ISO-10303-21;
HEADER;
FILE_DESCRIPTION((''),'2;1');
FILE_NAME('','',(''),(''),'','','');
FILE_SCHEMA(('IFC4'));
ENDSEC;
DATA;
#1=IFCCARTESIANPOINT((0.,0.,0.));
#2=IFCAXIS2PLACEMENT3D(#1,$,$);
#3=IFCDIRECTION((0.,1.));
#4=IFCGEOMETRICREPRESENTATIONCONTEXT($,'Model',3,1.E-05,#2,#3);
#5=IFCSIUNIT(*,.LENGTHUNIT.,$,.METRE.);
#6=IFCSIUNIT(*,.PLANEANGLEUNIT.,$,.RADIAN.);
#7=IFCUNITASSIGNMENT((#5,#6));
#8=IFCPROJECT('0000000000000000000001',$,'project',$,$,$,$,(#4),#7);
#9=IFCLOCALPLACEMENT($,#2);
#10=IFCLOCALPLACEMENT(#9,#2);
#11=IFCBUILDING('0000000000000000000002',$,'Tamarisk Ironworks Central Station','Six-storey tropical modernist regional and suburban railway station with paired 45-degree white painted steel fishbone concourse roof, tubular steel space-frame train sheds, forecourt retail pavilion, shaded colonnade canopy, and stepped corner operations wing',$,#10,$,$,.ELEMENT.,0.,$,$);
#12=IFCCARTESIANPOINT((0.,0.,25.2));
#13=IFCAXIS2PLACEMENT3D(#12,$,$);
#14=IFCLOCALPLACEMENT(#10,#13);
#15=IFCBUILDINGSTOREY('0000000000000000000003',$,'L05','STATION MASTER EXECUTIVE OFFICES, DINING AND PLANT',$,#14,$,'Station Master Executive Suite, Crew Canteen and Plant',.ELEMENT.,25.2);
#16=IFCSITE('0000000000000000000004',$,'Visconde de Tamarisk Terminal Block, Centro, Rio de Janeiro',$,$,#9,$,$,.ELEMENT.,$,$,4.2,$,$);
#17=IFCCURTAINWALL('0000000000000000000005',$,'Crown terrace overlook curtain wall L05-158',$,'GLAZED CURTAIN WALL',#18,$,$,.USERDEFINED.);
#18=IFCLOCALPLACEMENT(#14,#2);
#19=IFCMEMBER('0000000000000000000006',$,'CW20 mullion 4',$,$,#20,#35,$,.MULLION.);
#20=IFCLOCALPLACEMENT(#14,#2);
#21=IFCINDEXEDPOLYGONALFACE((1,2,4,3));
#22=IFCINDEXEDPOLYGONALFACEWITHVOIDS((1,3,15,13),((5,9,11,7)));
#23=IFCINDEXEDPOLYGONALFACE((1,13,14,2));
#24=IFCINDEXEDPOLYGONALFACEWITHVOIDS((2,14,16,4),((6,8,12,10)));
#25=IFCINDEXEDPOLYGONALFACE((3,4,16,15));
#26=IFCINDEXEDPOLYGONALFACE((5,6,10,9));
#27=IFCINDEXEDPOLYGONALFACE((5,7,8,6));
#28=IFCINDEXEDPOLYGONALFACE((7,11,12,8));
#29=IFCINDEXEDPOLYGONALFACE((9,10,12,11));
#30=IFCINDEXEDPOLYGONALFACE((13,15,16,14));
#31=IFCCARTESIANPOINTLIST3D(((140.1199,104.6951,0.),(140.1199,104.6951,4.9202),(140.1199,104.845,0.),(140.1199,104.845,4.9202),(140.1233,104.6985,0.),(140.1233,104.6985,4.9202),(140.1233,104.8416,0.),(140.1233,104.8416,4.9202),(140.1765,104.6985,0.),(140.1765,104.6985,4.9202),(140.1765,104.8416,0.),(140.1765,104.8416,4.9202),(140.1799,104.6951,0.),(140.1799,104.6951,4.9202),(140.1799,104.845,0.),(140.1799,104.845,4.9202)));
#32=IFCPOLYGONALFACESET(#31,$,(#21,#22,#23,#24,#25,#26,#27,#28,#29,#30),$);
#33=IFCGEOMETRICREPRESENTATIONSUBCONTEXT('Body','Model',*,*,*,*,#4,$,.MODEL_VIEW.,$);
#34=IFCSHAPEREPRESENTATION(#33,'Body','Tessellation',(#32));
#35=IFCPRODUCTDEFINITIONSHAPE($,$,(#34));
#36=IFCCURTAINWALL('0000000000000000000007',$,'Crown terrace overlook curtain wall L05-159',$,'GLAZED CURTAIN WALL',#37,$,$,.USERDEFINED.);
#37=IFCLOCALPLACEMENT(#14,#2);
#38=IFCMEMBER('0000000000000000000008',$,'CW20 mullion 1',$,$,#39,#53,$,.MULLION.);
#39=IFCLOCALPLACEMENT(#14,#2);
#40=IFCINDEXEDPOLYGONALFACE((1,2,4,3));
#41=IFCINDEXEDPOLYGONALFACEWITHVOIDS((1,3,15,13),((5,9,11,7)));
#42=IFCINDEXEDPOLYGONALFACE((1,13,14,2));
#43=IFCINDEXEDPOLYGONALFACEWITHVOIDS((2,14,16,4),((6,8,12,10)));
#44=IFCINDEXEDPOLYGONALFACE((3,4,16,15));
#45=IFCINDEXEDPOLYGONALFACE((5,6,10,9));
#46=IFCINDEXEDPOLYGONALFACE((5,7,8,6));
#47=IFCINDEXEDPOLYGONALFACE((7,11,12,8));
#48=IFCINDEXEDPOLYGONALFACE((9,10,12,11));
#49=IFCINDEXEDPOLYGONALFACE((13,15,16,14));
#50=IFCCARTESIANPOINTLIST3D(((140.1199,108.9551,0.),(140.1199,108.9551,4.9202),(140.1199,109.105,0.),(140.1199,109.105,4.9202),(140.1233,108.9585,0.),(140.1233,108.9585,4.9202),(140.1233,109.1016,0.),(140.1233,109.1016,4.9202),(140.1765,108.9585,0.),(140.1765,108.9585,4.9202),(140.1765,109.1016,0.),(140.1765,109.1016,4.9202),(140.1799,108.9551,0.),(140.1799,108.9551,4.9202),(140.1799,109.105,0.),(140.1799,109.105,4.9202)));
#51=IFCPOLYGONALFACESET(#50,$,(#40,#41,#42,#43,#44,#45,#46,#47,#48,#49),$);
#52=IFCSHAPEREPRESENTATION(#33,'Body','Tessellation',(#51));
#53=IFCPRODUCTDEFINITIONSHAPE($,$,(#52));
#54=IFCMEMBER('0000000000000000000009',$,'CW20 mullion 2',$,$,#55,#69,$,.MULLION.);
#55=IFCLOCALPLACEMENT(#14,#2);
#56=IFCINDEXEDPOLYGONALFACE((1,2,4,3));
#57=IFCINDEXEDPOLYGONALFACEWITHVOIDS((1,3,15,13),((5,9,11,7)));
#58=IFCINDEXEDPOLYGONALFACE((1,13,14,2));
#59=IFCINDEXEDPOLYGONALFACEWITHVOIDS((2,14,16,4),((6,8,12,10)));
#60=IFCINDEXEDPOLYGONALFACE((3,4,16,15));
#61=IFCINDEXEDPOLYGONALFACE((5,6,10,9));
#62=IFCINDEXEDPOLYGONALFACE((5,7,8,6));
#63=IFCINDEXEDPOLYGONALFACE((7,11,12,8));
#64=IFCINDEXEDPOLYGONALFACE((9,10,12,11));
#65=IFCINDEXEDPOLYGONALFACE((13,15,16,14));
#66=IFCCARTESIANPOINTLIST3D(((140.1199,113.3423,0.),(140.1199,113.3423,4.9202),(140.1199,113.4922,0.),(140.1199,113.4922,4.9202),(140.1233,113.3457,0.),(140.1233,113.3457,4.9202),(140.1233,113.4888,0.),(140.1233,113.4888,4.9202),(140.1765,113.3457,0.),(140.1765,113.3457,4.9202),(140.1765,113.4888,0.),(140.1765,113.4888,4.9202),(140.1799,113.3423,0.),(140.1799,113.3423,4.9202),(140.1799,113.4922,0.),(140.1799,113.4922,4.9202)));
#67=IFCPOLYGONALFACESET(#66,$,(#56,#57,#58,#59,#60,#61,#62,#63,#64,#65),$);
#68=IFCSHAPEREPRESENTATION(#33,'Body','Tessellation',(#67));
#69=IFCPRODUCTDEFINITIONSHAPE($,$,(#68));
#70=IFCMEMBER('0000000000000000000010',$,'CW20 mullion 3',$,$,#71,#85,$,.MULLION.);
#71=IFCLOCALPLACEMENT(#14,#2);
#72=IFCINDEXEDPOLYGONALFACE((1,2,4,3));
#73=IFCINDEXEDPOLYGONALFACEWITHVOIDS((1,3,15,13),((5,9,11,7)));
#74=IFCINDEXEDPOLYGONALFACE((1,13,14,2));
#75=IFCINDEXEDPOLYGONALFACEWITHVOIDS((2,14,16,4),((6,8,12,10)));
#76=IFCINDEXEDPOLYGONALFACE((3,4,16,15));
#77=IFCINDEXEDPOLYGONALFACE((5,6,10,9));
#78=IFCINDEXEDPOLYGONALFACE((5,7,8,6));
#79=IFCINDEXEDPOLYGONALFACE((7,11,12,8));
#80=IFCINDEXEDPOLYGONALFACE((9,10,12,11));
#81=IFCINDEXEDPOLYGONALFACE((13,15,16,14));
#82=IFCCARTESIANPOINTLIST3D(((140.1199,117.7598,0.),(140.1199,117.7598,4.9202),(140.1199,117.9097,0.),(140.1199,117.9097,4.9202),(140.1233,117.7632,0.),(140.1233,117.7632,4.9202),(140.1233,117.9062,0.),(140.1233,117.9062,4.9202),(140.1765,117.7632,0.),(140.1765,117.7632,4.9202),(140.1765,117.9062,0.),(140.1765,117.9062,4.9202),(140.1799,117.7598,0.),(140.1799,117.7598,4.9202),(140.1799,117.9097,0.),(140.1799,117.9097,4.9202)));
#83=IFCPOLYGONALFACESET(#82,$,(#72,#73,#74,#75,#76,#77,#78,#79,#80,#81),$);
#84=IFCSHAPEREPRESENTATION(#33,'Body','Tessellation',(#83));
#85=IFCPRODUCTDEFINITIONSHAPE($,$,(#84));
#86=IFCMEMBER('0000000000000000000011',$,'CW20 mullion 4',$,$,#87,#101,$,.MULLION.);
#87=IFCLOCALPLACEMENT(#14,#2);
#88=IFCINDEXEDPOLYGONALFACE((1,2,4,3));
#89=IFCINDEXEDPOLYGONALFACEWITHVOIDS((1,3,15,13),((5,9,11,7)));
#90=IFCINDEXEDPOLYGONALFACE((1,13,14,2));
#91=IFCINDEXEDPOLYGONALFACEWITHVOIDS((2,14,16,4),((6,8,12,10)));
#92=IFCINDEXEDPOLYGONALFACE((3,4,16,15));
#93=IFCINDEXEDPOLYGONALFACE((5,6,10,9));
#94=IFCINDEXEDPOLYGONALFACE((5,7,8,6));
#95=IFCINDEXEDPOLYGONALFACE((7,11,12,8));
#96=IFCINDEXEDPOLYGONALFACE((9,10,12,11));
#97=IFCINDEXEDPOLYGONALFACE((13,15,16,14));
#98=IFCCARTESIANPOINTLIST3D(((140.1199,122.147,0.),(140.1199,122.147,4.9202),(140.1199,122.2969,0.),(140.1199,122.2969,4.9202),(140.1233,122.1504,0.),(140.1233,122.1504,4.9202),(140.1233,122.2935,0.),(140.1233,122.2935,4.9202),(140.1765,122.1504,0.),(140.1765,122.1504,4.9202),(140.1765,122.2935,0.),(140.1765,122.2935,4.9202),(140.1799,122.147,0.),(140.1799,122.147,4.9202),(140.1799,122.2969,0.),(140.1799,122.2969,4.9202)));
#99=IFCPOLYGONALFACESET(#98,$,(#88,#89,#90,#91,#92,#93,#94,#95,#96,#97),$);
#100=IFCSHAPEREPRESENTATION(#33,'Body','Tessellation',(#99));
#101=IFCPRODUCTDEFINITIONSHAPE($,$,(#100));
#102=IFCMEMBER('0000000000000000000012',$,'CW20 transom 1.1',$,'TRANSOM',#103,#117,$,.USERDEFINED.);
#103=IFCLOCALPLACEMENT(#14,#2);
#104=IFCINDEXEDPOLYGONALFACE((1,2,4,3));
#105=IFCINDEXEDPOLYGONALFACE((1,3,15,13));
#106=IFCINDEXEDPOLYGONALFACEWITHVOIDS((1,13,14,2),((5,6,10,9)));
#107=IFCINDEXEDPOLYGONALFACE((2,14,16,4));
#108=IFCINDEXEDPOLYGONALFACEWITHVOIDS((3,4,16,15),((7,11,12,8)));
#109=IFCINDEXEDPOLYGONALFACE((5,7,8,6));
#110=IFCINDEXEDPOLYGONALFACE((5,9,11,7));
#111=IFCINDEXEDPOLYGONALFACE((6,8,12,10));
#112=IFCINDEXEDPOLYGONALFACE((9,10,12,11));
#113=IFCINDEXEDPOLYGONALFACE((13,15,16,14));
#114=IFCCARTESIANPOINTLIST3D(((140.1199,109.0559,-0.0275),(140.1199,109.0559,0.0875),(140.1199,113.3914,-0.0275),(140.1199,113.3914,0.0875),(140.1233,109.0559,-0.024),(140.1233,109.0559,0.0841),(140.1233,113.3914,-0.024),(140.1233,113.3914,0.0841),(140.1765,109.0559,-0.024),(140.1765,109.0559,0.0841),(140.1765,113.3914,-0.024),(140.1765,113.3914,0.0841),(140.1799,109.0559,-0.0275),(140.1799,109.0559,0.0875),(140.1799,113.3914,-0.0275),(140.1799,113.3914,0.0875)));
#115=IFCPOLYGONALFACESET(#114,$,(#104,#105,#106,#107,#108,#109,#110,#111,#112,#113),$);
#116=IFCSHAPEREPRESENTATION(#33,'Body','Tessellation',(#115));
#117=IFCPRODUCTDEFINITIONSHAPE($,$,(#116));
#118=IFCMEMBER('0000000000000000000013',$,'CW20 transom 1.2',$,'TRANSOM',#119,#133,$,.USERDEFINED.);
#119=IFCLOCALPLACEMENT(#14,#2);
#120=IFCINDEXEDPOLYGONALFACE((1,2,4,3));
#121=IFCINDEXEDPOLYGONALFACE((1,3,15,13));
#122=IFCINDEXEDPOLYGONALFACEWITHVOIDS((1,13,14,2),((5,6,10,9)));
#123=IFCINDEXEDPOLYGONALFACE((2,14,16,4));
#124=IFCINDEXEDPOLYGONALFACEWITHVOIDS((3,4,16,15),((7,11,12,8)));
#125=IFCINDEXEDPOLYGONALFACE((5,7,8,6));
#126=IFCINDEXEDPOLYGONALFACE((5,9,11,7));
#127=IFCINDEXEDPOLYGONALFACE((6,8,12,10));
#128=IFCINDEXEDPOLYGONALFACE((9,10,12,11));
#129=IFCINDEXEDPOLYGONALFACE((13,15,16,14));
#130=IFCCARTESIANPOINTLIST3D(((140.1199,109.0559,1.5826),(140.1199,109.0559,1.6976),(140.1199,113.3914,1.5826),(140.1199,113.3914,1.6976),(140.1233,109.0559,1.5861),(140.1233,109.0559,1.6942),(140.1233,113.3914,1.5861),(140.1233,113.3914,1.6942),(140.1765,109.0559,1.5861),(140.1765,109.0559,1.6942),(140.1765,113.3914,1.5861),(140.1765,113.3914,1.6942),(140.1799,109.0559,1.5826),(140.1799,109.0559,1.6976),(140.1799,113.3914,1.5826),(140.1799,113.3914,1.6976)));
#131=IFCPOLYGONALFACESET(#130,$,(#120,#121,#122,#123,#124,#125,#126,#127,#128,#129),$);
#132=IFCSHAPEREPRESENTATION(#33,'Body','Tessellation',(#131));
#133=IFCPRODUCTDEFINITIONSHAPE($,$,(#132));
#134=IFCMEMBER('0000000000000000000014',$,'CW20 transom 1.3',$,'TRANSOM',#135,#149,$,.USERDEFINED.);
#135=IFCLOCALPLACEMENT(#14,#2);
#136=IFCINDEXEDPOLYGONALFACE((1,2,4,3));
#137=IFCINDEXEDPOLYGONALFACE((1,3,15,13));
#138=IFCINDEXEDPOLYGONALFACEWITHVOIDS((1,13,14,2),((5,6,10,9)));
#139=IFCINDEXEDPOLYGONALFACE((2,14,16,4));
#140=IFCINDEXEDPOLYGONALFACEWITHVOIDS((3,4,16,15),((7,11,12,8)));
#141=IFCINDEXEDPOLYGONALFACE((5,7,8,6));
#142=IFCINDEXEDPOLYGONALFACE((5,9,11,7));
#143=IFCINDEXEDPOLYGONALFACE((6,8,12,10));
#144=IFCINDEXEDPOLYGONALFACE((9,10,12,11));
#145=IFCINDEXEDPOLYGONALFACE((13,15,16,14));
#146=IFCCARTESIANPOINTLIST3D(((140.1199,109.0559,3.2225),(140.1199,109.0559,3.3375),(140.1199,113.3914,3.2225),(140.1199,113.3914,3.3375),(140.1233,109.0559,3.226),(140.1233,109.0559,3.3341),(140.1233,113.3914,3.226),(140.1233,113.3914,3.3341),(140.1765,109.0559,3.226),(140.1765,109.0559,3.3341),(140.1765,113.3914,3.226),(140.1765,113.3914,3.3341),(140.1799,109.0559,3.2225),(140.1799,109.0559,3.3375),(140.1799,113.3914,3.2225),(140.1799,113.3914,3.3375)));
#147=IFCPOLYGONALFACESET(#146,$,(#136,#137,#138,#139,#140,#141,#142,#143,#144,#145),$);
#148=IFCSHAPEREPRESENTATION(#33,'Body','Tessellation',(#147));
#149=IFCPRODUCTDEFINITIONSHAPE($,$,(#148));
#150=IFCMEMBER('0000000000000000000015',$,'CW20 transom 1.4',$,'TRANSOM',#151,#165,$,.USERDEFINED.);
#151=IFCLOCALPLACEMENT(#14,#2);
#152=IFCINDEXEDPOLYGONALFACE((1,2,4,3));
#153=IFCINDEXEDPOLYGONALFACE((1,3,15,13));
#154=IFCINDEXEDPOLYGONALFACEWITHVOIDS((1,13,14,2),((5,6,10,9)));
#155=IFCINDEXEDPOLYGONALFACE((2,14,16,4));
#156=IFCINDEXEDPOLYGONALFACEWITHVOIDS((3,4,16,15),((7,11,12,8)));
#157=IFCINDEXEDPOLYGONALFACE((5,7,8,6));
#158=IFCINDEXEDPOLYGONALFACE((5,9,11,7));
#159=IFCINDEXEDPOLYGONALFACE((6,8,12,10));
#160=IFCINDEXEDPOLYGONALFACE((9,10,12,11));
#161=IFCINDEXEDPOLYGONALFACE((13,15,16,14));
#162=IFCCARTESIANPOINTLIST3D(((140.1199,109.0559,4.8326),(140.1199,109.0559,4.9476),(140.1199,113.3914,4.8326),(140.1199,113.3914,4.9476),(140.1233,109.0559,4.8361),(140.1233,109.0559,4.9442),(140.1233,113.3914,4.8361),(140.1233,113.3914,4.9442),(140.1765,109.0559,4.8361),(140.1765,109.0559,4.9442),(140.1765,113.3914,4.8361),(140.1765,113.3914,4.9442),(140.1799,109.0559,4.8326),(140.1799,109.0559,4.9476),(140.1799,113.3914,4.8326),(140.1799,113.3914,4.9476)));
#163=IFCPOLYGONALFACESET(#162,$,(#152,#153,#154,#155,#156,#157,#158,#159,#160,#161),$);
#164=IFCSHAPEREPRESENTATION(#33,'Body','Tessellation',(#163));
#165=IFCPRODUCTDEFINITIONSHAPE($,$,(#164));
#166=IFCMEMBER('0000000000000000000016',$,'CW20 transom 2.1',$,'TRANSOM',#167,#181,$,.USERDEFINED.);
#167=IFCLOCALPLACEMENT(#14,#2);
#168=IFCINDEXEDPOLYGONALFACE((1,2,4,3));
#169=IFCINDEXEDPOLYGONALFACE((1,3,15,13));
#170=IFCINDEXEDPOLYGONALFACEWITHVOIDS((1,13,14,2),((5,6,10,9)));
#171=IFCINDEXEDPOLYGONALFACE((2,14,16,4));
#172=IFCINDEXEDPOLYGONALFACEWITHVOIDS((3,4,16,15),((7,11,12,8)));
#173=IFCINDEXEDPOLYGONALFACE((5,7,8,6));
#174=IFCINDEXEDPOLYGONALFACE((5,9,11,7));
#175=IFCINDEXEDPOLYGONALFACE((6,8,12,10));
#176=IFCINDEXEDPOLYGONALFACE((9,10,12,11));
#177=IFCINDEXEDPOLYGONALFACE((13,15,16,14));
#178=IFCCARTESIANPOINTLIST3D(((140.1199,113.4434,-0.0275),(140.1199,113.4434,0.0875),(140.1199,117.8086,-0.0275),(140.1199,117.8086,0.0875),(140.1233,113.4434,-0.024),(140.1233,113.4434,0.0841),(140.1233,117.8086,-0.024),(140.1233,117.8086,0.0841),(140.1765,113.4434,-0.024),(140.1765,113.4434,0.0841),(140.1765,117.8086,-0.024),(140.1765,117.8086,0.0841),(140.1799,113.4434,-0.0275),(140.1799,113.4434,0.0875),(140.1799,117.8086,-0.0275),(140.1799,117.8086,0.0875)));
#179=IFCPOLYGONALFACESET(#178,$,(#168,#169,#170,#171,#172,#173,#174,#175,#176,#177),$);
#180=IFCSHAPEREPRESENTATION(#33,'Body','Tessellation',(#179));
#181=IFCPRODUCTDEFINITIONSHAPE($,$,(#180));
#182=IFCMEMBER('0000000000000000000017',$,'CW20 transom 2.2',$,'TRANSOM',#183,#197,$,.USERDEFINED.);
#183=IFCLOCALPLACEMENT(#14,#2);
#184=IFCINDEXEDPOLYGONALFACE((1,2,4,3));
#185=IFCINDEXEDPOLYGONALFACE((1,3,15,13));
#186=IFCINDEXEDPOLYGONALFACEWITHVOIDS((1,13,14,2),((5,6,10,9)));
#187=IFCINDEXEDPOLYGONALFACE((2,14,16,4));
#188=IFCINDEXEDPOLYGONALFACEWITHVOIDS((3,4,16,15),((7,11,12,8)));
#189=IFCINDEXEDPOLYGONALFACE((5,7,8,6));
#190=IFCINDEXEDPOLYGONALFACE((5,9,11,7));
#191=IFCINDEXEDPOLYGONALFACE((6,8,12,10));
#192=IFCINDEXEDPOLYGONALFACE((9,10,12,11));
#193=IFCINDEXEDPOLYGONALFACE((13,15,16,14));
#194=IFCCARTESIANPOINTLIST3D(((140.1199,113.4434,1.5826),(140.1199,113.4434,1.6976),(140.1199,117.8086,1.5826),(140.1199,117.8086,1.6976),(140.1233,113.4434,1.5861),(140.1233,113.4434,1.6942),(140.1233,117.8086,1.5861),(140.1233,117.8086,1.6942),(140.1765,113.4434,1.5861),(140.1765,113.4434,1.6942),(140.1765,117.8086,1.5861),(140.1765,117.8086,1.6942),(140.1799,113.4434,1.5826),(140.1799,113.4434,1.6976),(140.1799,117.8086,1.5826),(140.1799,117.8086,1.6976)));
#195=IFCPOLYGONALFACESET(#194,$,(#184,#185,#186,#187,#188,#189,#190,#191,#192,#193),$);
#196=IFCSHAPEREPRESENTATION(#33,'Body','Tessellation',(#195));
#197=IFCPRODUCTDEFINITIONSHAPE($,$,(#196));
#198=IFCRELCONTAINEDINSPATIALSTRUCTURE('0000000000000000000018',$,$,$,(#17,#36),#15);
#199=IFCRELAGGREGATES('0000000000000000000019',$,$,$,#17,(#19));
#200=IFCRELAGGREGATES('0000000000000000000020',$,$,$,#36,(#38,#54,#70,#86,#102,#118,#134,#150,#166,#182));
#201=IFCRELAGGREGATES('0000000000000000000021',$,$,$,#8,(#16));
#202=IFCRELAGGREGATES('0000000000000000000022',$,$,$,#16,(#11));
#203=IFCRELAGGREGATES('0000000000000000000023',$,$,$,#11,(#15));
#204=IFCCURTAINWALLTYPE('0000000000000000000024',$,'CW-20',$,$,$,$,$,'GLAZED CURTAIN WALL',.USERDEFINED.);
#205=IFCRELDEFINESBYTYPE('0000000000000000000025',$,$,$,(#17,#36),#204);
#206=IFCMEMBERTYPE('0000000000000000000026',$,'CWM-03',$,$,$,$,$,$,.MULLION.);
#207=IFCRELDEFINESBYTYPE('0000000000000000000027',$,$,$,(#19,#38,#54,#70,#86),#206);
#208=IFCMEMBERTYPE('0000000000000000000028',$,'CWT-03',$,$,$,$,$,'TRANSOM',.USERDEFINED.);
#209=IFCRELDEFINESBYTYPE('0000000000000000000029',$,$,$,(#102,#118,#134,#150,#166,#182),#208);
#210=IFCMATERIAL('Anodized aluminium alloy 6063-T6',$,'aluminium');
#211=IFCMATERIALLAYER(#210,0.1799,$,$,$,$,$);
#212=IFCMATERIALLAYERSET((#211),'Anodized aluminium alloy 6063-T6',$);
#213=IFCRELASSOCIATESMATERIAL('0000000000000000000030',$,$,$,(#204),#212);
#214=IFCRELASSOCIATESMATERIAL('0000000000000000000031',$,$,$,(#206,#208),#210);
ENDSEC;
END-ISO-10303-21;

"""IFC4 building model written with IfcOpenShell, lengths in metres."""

from ifc_helpers import new_model, si_unit, direction, frame, origin, origin_2d, place, context, subcontext, project, spatial, hollow_rectangle, extrude, material, layer, layer_set, material_profile, profile_set, type_object, element, aggregate, save


model = new_model("IFC4")

# Units and contexts
model_context = context("Model", 3, precision=1e-05, world=origin(), true_north=direction((0.0, 1.0)))
body_context = subcontext(model_context, "Body", "Model", "MODEL_VIEW")
ifc_project = project(units=[si_unit("LENGTHUNIT", "METRE"), si_unit("PLANEANGLEUNIT", "RADIAN")], contexts=[model_context])

# Site, building, storey
site_placement = place(None, origin())
site = spatial("IfcSite", under=ifc_project, at=site_placement, Name="Visconde de Tamarisk Terminal Block, Centro, Rio de Janeiro", CompositionType="ELEMENT", RefElevation=4.2)
building_placement = place(site_placement, origin())
building = spatial("IfcBuilding", under=site, at=building_placement, Name="Tamarisk Ironworks Central Station", Description="Six-storey tropical modernist regional and suburban railway station with paired 45-degree white painted steel fishbone concourse roof, tubular steel space-frame train sheds, forecourt retail pavilion, shaded colonnade canopy, and stepped corner operations wing", CompositionType="ELEMENT", ElevationOfRefHeight=0.0)
storey_placement = place(building_placement, frame((0.0, 0.0, 25.2)))
storey = spatial("IfcBuildingStorey", under=building, at=storey_placement, Name="L05", Description="STATION MASTER EXECUTIVE OFFICES, DINING AND PLANT", LongName="Station Master Executive Suite, Crew Canteen and Plant", CompositionType="ELEMENT", Elevation=25.2)

# Curtain wall, member
ifc_material = material(Name="Anodized aluminium alloy 6063-T6", Category="aluminium")
ifc_layer_1 = layer(ifc_material, 0.1799)
ifc_layer_set_1 = layer_set([ifc_layer_1], Name="Anodized aluminium alloy 6063-T6")
curtain_wall_type = type_object("IfcCurtainWallType", Name="CW-20", ElementType="GLAZED CURTAIN WALL", PredefinedType="USERDEFINED", material=ifc_layer_set_1)
curtain_wall_1_placement = place(storey_placement, origin())
curtain_wall_1 = element("IfcCurtainWall", 1, at=curtain_wall_1_placement, inside=storey, type_object=curtain_wall_type, Name="Crown terrace overlook curtain wall L05-158", ObjectType="GLAZED CURTAIN WALL", PredefinedType="USERDEFINED")
ifc_material_profile_1 = material_profile(ifc_material, hollow_rectangle(XDim=0.0601, YDim=0.1499, WallThickness=0.0034, at=origin_2d()), Name="ALUM 150x60")
ifc_profile_set_1 = profile_set([ifc_material_profile_1], Name="Anodized aluminium alloy 6063-T6")
member_type_1 = type_object("IfcMemberType", Name="CWM-03", PredefinedType="MULLION", material=ifc_profile_set_1)
member_1_placement = place(storey_placement, frame((140.1499, 104.77, 0.0), z_axis=(0.0, 0.0, 1.0), x_axis=(-1.0, 0.0, 0.0)))
member_1 = element("IfcMember", 2, at=member_1_placement, type_object=member_type_1, Name="CW20 mullion 4", PredefinedType="MULLION", context=body_context, shape_type="SweptSolid", body=[
    extrude(hollow_rectangle(XDim=0.0601, YDim=0.1499, WallThickness=0.0034, at=origin_2d()), origin(), (0.0, 0.0, 1.0), 4.9202),
])
aggregate(curtain_wall_1, [member_1])

# Curtain wall, members
curtain_wall_2_placement = place(storey_placement, origin())
curtain_wall_2 = element("IfcCurtainWall", 3, at=curtain_wall_2_placement, inside=storey, type_object=curtain_wall_type, Name="Crown terrace overlook curtain wall L05-159", ObjectType="GLAZED CURTAIN WALL", PredefinedType="USERDEFINED")
member_2_placement = place(storey_placement, frame((140.1499, 109.03, 0.0), z_axis=(0.0, 0.0, 1.0), x_axis=(-1.0, 0.0, 0.0)))
member_2 = element("IfcMember", 4, at=member_2_placement, type_object=member_type_1, Name="CW20 mullion 1", PredefinedType="MULLION", context=body_context, shape_type="SweptSolid", body=[
    extrude(hollow_rectangle(XDim=0.0601, YDim=0.1499, WallThickness=0.0034, at=origin_2d()), origin(), (0.0, 0.0, 1.0), 4.9202),
])
member_3_placement = place(storey_placement, frame((140.1499, 113.4172, 0.0), z_axis=(0.0, 0.0, 1.0), x_axis=(-1.0, 0.0, 0.0)))
member_3 = element("IfcMember", 5, at=member_3_placement, type_object=member_type_1, Name="CW20 mullion 2", PredefinedType="MULLION", context=body_context, shape_type="SweptSolid", body=[
    extrude(hollow_rectangle(XDim=0.0601, YDim=0.1499, WallThickness=0.0034, at=origin_2d()), origin(), (0.0, 0.0, 1.0), 4.9202),
])
member_4_placement = place(storey_placement, frame((140.1499, 117.8347, 0.0), z_axis=(0.0, 0.0, 1.0), x_axis=(-1.0, 0.0, 0.0)))
member_4 = element("IfcMember", 6, at=member_4_placement, type_object=member_type_1, Name="CW20 mullion 3", PredefinedType="MULLION", context=body_context, shape_type="SweptSolid", body=[
    extrude(hollow_rectangle(XDim=0.0601, YDim=0.1499, WallThickness=0.0034, at=origin_2d()), origin(), (0.0, 0.0, 1.0), 4.9202),
])
member_5_placement = place(storey_placement, frame((140.1499, 122.2219, 0.0), z_axis=(0.0, 0.0, 1.0), x_axis=(-1.0, 0.0, 0.0)))
member_5 = element("IfcMember", 7, at=member_5_placement, type_object=member_type_1, Name="CW20 mullion 4", PredefinedType="MULLION", context=body_context, shape_type="SweptSolid", body=[
    extrude(hollow_rectangle(XDim=0.0601, YDim=0.1499, WallThickness=0.0034, at=origin_2d()), origin(), (0.0, 0.0, 1.0), 4.9202),
])
ifc_material_profile_2 = material_profile(ifc_material, hollow_rectangle(XDim=0.0601, YDim=0.115, WallThickness=0.0034, at=origin_2d()), Name="ALUM 115x60")
ifc_profile_set_2 = profile_set([ifc_material_profile_2], Name="Anodized aluminium alloy 6063-T6")
member_type_2 = type_object("IfcMemberType", Name="CWT-03", ElementType="TRANSOM", PredefinedType="USERDEFINED", material=ifc_profile_set_2)
member_6_placement = place(storey_placement, frame((140.1499, 109.0559, 0.03), z_axis=(0.0, 1.0, 0.0), x_axis=(-1.0, 0.0, 0.0)))
member_6 = element("IfcMember", 8, at=member_6_placement, type_object=member_type_2, Name="CW20 transom 1.1", ObjectType="TRANSOM", PredefinedType="USERDEFINED", context=body_context, shape_type="SweptSolid", body=[
    extrude(hollow_rectangle(XDim=0.0601, YDim=0.115, WallThickness=0.0034, at=origin_2d()), origin(), (0.0, 0.0, 1.0), 4.3354),
])
member_7_placement = place(storey_placement, frame((140.1499, 109.0559, 1.6401), z_axis=(0.0, 1.0, 0.0), x_axis=(-1.0, 0.0, 0.0)))
member_7 = element("IfcMember", 9, at=member_7_placement, type_object=member_type_2, Name="CW20 transom 1.2", ObjectType="TRANSOM", PredefinedType="USERDEFINED", context=body_context, shape_type="SweptSolid", body=[
    extrude(hollow_rectangle(XDim=0.0601, YDim=0.115, WallThickness=0.0034, at=origin_2d()), origin(), (0.0, 0.0, 1.0), 4.3354),
])
member_8_placement = place(storey_placement, frame((140.1499, 109.0559, 3.28), z_axis=(0.0, 1.0, 0.0), x_axis=(-1.0, 0.0, 0.0)))
member_8 = element("IfcMember", 10, at=member_8_placement, type_object=member_type_2, Name="CW20 transom 1.3", ObjectType="TRANSOM", PredefinedType="USERDEFINED", context=body_context, shape_type="SweptSolid", body=[
    extrude(hollow_rectangle(XDim=0.0601, YDim=0.115, WallThickness=0.0034, at=origin_2d()), origin(), (0.0, 0.0, 1.0), 4.3354),
])
member_9_placement = place(storey_placement, frame((140.1499, 109.0559, 4.8901), z_axis=(0.0, 1.0, 0.0), x_axis=(-1.0, 0.0, 0.0)))
member_9 = element("IfcMember", 11, at=member_9_placement, type_object=member_type_2, Name="CW20 transom 1.4", ObjectType="TRANSOM", PredefinedType="USERDEFINED", context=body_context, shape_type="SweptSolid", body=[
    extrude(hollow_rectangle(XDim=0.0601, YDim=0.115, WallThickness=0.0034, at=origin_2d()), origin(), (0.0, 0.0, 1.0), 4.3354),
])
member_10_placement = place(storey_placement, frame((140.1499, 113.4434, 0.03), z_axis=(0.0, 1.0, 0.0), x_axis=(-1.0, 0.0, 0.0)))
member_10 = element("IfcMember", 12, at=member_10_placement, type_object=member_type_2, Name="CW20 transom 2.1", ObjectType="TRANSOM", PredefinedType="USERDEFINED", context=body_context, shape_type="SweptSolid", body=[
    extrude(hollow_rectangle(XDim=0.0601, YDim=0.115, WallThickness=0.0034, at=origin_2d()), origin(), (0.0, 0.0, 1.0), 4.3652),
])
member_11_placement = place(storey_placement, frame((140.1499, 113.4434, 1.6401), z_axis=(0.0, 1.0, 0.0), x_axis=(-1.0, 0.0, 0.0)))
member_11 = element("IfcMember", 13, at=member_11_placement, type_object=member_type_2, Name="CW20 transom 2.2", ObjectType="TRANSOM", PredefinedType="USERDEFINED", context=body_context, shape_type="SweptSolid", body=[
    extrude(hollow_rectangle(XDim=0.0601, YDim=0.115, WallThickness=0.0034, at=origin_2d()), origin(), (0.0, 0.0, 1.0), 4.3652),
])
aggregate(curtain_wall_2, [member_2, member_3, member_4, member_5, member_6, member_7, member_8, member_9, member_10, member_11])

save(model, "model.ifc")
